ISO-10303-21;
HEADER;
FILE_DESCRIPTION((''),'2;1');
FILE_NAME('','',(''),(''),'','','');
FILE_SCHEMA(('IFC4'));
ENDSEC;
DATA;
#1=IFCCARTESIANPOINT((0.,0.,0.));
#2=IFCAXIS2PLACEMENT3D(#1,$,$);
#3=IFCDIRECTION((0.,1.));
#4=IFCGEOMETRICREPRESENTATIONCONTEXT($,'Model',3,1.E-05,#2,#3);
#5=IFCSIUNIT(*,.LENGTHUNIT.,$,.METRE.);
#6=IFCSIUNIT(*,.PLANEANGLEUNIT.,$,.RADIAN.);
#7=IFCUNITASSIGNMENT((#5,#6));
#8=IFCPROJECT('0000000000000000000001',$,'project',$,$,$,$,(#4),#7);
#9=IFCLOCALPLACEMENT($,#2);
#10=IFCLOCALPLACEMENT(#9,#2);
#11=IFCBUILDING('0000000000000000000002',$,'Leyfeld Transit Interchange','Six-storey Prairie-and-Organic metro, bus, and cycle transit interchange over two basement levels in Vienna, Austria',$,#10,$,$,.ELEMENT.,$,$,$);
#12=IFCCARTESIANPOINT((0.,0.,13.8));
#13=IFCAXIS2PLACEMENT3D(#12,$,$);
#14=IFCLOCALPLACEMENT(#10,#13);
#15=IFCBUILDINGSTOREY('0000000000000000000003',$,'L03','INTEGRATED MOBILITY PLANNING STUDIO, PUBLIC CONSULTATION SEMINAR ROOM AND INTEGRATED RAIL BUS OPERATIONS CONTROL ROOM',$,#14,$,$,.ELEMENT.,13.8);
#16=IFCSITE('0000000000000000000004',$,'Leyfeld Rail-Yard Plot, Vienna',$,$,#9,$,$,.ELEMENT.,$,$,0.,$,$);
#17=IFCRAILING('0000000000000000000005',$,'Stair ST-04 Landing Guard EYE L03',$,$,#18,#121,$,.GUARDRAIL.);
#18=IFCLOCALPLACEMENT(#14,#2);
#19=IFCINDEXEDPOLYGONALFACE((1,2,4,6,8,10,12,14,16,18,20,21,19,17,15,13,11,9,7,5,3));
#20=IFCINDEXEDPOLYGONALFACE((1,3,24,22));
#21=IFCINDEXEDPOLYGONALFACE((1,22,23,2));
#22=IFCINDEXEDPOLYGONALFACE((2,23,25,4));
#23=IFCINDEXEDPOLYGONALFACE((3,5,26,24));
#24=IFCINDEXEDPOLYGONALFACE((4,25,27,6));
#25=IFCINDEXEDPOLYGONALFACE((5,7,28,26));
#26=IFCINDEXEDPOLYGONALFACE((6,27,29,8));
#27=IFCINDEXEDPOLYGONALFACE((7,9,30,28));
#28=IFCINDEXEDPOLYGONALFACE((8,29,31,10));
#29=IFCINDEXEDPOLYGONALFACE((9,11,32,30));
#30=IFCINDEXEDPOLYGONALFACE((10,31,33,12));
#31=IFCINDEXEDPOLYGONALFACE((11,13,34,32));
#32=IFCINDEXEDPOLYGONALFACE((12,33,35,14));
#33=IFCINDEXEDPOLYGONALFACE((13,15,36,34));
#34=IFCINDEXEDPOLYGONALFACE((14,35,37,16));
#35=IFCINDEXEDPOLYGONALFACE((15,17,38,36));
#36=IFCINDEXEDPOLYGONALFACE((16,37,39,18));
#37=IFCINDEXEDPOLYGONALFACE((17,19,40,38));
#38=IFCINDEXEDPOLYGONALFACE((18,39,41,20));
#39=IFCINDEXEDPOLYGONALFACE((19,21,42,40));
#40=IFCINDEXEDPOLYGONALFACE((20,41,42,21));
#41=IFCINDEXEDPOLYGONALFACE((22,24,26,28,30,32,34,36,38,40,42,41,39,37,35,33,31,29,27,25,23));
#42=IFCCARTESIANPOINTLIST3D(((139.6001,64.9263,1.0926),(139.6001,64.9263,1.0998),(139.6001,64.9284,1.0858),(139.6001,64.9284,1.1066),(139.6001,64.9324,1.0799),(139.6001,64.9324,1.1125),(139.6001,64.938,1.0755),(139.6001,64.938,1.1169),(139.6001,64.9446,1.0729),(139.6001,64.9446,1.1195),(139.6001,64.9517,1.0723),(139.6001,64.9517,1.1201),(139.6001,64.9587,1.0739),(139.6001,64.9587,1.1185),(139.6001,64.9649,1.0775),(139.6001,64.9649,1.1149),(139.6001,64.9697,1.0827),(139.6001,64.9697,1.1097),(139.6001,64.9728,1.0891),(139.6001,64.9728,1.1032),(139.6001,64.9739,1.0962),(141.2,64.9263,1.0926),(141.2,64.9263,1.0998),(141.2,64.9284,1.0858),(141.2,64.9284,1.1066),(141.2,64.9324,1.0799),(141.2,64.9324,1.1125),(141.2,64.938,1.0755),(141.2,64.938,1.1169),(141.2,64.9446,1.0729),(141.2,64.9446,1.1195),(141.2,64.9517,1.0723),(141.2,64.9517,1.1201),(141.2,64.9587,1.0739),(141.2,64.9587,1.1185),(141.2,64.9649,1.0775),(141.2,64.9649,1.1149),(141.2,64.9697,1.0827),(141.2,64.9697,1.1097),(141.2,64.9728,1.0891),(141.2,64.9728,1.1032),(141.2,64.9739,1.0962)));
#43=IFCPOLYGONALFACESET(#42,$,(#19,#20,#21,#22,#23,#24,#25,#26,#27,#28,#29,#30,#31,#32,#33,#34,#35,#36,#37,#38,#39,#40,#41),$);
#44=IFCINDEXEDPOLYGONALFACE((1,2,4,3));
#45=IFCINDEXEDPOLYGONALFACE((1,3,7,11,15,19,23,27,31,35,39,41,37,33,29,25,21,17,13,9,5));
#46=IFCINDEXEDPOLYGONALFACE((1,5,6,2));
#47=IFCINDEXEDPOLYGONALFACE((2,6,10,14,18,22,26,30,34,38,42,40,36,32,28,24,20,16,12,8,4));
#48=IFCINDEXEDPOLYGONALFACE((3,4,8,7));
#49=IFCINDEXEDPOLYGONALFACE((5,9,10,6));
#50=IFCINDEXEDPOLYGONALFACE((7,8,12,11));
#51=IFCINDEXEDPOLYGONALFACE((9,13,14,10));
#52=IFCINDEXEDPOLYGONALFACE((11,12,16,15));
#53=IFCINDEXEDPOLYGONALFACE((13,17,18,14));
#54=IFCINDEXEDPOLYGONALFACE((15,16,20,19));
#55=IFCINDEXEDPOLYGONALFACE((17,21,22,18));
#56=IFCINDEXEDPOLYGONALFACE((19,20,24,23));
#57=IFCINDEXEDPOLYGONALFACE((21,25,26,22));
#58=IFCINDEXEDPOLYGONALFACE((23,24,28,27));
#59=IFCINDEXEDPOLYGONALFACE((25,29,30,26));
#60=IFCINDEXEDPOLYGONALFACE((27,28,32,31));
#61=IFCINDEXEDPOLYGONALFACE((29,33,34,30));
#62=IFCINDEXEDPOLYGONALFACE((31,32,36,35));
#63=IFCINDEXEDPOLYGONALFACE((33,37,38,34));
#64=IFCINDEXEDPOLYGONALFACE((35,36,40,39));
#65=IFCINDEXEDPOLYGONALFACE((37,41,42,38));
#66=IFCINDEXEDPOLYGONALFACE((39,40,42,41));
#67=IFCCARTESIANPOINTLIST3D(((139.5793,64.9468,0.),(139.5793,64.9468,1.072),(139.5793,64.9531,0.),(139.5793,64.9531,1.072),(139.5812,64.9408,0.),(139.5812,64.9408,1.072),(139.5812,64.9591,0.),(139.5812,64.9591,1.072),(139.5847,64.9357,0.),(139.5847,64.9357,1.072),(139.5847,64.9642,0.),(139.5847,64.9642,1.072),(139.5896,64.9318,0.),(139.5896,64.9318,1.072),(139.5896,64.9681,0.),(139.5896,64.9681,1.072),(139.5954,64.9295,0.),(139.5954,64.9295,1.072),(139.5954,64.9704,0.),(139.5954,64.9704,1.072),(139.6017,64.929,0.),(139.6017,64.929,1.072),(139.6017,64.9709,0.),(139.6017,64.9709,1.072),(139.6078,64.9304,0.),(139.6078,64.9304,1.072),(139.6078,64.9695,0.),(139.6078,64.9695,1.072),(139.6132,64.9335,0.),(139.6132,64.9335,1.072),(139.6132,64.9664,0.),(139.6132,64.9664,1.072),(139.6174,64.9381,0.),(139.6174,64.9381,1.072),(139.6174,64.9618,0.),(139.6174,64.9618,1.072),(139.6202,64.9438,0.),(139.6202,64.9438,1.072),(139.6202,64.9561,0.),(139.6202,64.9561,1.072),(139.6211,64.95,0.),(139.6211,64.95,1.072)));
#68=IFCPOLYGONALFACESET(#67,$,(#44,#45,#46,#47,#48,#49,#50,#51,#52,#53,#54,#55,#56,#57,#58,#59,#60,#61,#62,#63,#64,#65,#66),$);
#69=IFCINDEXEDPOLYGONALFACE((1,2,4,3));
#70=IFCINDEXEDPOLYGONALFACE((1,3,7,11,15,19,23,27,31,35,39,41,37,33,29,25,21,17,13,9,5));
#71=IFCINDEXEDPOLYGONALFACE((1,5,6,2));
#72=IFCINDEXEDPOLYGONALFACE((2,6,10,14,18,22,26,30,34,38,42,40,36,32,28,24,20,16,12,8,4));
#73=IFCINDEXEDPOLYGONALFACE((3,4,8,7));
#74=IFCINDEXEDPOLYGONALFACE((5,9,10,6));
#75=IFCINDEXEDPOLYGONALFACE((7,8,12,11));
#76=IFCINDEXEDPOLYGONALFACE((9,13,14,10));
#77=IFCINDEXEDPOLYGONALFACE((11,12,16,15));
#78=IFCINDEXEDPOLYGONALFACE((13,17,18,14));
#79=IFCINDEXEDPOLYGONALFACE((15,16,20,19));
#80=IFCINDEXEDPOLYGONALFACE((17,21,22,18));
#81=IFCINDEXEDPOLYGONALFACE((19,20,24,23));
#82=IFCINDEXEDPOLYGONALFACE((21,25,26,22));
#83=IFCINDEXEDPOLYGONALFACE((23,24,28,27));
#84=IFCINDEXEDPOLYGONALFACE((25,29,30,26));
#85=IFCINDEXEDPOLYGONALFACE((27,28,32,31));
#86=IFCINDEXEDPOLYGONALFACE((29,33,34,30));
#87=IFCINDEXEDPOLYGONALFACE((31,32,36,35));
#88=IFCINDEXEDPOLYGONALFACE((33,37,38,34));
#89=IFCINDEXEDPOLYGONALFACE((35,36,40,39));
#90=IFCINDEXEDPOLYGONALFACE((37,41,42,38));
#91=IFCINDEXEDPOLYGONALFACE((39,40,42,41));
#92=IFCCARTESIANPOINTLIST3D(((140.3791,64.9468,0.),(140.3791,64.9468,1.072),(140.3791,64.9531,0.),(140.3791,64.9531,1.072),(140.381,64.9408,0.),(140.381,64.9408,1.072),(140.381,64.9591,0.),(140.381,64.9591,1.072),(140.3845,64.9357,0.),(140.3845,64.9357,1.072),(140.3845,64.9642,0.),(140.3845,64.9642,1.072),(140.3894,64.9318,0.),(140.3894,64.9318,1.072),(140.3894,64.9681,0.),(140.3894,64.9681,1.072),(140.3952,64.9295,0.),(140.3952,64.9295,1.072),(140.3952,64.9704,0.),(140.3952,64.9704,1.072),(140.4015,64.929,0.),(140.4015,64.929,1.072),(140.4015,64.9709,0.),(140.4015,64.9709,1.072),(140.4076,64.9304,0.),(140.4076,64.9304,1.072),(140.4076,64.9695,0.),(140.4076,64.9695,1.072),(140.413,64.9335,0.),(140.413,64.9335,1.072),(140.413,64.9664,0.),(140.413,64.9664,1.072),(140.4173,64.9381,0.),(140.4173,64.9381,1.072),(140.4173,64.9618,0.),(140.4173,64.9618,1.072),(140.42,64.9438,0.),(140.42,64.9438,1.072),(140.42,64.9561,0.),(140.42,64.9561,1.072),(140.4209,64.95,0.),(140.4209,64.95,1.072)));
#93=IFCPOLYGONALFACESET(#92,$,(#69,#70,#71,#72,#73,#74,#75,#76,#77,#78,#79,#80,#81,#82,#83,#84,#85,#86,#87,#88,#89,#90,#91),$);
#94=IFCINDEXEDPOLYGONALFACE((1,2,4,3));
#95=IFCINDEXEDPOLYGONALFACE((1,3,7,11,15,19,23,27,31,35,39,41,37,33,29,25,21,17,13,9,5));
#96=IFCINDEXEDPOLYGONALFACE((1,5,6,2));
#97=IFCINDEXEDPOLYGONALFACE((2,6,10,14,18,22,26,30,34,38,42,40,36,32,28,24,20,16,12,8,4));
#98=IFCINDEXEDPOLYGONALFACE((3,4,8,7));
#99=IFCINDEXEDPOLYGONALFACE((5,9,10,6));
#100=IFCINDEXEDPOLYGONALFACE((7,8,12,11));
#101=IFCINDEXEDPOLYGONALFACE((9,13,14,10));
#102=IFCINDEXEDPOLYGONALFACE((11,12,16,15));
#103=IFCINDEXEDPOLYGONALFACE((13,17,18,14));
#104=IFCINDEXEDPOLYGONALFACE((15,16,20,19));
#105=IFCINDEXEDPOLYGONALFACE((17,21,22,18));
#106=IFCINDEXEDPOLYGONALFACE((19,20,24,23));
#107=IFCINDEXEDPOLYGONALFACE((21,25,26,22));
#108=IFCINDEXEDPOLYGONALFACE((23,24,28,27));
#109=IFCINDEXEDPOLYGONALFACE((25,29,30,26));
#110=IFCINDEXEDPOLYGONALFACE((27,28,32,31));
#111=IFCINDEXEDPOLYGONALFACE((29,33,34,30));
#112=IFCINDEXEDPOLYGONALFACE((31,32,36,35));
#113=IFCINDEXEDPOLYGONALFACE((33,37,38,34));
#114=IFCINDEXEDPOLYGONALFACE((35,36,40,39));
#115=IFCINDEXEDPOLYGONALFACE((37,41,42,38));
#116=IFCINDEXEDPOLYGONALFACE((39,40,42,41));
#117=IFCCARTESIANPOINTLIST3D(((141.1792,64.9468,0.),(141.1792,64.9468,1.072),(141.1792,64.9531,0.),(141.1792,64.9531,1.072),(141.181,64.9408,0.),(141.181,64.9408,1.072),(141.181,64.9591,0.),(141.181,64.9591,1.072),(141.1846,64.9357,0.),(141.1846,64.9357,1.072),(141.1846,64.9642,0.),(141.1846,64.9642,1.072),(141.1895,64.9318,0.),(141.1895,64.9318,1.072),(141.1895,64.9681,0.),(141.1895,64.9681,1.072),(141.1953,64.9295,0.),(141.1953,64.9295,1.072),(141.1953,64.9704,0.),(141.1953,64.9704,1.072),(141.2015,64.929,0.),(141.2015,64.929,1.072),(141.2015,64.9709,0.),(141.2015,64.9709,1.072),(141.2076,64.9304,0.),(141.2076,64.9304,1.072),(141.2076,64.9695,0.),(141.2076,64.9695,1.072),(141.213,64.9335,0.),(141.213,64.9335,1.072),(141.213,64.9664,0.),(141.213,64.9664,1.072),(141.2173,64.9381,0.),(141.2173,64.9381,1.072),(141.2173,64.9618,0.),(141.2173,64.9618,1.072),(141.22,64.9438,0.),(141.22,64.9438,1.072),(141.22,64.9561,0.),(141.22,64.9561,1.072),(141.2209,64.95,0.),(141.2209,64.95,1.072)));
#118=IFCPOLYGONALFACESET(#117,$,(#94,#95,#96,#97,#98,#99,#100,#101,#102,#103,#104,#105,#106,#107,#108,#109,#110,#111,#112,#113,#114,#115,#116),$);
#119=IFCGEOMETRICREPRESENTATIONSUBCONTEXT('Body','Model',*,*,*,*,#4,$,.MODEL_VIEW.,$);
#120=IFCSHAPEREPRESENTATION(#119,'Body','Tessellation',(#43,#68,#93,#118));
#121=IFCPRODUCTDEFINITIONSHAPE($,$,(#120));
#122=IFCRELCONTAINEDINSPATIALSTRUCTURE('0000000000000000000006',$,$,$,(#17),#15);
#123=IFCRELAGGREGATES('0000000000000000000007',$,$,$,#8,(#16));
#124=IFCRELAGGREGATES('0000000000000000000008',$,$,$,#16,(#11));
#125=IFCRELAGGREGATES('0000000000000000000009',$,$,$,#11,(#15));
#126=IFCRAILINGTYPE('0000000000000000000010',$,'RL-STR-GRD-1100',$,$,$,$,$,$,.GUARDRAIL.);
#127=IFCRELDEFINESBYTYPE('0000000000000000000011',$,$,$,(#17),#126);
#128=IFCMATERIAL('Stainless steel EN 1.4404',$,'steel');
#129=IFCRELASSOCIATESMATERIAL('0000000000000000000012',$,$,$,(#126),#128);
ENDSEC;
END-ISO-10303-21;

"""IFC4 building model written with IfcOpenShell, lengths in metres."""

from ifc_helpers import new_model, si_unit, direction, frame, origin, origin_2d, place, context, subcontext, project, spatial, circle, extrude, material, type_object, element, save


model = new_model("IFC4")

# Units and contexts
model_context = context("Model", 3, precision=1e-05, world=origin(), true_north=direction((0.0, 1.0)))
body_context = subcontext(model_context, "Body", "Model", "MODEL_VIEW")
ifc_project = project(units=[si_unit("LENGTHUNIT", "METRE"), si_unit("PLANEANGLEUNIT", "RADIAN")], contexts=[model_context])

# Site, building, storey
site_placement = place(None, origin())
site = spatial("IfcSite", under=ifc_project, at=site_placement, Name="Leyfeld Rail-Yard Plot, Vienna", CompositionType="ELEMENT", RefElevation=0.0)
building_placement = place(site_placement, origin())
building = spatial("IfcBuilding", under=site, at=building_placement, Name="Leyfeld Transit Interchange", Description="Six-storey Prairie-and-Organic metro, bus, and cycle transit interchange over two basement levels in Vienna, Austria", CompositionType="ELEMENT")
storey_placement = place(building_placement, frame((0.0, 0.0, 13.8)))
storey = spatial("IfcBuildingStorey", under=building, at=storey_placement, Name="L03", Description="INTEGRATED MOBILITY PLANNING STUDIO, PUBLIC CONSULTATION SEMINAR ROOM AND INTEGRATED RAIL BUS OPERATIONS CONTROL ROOM", CompositionType="ELEMENT", Elevation=13.8)

# Shared definitions
ifc_material_1 = material(Name="Stainless steel EN 1.4404", Category="steel")

# Railing
railing_type_1 = type_object("IfcRailingType", Name="RL-STR-GRD-1100", PredefinedType="GUARDRAIL", material=ifc_material_1)
railing_1_placement = place(storey_placement, frame((139.6001, 64.95, 0.0)))
element("IfcRailing", 1, at=railing_1_placement, inside=storey, type_object=railing_type_1, Name="Stair ST-04 Landing Guard EYE L03", PredefinedType="GUARDRAIL", context=body_context, shape_type="SweptSolid", body=[
    extrude(circle(Radius=0.0239, at=origin_2d()), frame((0.0, 0.0, 1.0962), z_axis=(1.0, 0.0, 0.0), x_axis=(0.0, 1.0, 0.0)), (0.0, 0.0, 1.0), 1.5999),
    extrude(circle(Radius=0.021, at=origin_2d()), origin(), (0.0, 0.0, 1.0), 1.072),
    extrude(circle(Radius=0.021, at=origin_2d()), frame((0.7998, 0.0, 0.0)), (0.0, 0.0, 1.0), 1.072),
    extrude(circle(Radius=0.021, at=origin_2d()), frame((1.5999, 0.0, 0.0)), (0.0, 0.0, 1.0), 1.072),
])

save(model, "model.ifc")
